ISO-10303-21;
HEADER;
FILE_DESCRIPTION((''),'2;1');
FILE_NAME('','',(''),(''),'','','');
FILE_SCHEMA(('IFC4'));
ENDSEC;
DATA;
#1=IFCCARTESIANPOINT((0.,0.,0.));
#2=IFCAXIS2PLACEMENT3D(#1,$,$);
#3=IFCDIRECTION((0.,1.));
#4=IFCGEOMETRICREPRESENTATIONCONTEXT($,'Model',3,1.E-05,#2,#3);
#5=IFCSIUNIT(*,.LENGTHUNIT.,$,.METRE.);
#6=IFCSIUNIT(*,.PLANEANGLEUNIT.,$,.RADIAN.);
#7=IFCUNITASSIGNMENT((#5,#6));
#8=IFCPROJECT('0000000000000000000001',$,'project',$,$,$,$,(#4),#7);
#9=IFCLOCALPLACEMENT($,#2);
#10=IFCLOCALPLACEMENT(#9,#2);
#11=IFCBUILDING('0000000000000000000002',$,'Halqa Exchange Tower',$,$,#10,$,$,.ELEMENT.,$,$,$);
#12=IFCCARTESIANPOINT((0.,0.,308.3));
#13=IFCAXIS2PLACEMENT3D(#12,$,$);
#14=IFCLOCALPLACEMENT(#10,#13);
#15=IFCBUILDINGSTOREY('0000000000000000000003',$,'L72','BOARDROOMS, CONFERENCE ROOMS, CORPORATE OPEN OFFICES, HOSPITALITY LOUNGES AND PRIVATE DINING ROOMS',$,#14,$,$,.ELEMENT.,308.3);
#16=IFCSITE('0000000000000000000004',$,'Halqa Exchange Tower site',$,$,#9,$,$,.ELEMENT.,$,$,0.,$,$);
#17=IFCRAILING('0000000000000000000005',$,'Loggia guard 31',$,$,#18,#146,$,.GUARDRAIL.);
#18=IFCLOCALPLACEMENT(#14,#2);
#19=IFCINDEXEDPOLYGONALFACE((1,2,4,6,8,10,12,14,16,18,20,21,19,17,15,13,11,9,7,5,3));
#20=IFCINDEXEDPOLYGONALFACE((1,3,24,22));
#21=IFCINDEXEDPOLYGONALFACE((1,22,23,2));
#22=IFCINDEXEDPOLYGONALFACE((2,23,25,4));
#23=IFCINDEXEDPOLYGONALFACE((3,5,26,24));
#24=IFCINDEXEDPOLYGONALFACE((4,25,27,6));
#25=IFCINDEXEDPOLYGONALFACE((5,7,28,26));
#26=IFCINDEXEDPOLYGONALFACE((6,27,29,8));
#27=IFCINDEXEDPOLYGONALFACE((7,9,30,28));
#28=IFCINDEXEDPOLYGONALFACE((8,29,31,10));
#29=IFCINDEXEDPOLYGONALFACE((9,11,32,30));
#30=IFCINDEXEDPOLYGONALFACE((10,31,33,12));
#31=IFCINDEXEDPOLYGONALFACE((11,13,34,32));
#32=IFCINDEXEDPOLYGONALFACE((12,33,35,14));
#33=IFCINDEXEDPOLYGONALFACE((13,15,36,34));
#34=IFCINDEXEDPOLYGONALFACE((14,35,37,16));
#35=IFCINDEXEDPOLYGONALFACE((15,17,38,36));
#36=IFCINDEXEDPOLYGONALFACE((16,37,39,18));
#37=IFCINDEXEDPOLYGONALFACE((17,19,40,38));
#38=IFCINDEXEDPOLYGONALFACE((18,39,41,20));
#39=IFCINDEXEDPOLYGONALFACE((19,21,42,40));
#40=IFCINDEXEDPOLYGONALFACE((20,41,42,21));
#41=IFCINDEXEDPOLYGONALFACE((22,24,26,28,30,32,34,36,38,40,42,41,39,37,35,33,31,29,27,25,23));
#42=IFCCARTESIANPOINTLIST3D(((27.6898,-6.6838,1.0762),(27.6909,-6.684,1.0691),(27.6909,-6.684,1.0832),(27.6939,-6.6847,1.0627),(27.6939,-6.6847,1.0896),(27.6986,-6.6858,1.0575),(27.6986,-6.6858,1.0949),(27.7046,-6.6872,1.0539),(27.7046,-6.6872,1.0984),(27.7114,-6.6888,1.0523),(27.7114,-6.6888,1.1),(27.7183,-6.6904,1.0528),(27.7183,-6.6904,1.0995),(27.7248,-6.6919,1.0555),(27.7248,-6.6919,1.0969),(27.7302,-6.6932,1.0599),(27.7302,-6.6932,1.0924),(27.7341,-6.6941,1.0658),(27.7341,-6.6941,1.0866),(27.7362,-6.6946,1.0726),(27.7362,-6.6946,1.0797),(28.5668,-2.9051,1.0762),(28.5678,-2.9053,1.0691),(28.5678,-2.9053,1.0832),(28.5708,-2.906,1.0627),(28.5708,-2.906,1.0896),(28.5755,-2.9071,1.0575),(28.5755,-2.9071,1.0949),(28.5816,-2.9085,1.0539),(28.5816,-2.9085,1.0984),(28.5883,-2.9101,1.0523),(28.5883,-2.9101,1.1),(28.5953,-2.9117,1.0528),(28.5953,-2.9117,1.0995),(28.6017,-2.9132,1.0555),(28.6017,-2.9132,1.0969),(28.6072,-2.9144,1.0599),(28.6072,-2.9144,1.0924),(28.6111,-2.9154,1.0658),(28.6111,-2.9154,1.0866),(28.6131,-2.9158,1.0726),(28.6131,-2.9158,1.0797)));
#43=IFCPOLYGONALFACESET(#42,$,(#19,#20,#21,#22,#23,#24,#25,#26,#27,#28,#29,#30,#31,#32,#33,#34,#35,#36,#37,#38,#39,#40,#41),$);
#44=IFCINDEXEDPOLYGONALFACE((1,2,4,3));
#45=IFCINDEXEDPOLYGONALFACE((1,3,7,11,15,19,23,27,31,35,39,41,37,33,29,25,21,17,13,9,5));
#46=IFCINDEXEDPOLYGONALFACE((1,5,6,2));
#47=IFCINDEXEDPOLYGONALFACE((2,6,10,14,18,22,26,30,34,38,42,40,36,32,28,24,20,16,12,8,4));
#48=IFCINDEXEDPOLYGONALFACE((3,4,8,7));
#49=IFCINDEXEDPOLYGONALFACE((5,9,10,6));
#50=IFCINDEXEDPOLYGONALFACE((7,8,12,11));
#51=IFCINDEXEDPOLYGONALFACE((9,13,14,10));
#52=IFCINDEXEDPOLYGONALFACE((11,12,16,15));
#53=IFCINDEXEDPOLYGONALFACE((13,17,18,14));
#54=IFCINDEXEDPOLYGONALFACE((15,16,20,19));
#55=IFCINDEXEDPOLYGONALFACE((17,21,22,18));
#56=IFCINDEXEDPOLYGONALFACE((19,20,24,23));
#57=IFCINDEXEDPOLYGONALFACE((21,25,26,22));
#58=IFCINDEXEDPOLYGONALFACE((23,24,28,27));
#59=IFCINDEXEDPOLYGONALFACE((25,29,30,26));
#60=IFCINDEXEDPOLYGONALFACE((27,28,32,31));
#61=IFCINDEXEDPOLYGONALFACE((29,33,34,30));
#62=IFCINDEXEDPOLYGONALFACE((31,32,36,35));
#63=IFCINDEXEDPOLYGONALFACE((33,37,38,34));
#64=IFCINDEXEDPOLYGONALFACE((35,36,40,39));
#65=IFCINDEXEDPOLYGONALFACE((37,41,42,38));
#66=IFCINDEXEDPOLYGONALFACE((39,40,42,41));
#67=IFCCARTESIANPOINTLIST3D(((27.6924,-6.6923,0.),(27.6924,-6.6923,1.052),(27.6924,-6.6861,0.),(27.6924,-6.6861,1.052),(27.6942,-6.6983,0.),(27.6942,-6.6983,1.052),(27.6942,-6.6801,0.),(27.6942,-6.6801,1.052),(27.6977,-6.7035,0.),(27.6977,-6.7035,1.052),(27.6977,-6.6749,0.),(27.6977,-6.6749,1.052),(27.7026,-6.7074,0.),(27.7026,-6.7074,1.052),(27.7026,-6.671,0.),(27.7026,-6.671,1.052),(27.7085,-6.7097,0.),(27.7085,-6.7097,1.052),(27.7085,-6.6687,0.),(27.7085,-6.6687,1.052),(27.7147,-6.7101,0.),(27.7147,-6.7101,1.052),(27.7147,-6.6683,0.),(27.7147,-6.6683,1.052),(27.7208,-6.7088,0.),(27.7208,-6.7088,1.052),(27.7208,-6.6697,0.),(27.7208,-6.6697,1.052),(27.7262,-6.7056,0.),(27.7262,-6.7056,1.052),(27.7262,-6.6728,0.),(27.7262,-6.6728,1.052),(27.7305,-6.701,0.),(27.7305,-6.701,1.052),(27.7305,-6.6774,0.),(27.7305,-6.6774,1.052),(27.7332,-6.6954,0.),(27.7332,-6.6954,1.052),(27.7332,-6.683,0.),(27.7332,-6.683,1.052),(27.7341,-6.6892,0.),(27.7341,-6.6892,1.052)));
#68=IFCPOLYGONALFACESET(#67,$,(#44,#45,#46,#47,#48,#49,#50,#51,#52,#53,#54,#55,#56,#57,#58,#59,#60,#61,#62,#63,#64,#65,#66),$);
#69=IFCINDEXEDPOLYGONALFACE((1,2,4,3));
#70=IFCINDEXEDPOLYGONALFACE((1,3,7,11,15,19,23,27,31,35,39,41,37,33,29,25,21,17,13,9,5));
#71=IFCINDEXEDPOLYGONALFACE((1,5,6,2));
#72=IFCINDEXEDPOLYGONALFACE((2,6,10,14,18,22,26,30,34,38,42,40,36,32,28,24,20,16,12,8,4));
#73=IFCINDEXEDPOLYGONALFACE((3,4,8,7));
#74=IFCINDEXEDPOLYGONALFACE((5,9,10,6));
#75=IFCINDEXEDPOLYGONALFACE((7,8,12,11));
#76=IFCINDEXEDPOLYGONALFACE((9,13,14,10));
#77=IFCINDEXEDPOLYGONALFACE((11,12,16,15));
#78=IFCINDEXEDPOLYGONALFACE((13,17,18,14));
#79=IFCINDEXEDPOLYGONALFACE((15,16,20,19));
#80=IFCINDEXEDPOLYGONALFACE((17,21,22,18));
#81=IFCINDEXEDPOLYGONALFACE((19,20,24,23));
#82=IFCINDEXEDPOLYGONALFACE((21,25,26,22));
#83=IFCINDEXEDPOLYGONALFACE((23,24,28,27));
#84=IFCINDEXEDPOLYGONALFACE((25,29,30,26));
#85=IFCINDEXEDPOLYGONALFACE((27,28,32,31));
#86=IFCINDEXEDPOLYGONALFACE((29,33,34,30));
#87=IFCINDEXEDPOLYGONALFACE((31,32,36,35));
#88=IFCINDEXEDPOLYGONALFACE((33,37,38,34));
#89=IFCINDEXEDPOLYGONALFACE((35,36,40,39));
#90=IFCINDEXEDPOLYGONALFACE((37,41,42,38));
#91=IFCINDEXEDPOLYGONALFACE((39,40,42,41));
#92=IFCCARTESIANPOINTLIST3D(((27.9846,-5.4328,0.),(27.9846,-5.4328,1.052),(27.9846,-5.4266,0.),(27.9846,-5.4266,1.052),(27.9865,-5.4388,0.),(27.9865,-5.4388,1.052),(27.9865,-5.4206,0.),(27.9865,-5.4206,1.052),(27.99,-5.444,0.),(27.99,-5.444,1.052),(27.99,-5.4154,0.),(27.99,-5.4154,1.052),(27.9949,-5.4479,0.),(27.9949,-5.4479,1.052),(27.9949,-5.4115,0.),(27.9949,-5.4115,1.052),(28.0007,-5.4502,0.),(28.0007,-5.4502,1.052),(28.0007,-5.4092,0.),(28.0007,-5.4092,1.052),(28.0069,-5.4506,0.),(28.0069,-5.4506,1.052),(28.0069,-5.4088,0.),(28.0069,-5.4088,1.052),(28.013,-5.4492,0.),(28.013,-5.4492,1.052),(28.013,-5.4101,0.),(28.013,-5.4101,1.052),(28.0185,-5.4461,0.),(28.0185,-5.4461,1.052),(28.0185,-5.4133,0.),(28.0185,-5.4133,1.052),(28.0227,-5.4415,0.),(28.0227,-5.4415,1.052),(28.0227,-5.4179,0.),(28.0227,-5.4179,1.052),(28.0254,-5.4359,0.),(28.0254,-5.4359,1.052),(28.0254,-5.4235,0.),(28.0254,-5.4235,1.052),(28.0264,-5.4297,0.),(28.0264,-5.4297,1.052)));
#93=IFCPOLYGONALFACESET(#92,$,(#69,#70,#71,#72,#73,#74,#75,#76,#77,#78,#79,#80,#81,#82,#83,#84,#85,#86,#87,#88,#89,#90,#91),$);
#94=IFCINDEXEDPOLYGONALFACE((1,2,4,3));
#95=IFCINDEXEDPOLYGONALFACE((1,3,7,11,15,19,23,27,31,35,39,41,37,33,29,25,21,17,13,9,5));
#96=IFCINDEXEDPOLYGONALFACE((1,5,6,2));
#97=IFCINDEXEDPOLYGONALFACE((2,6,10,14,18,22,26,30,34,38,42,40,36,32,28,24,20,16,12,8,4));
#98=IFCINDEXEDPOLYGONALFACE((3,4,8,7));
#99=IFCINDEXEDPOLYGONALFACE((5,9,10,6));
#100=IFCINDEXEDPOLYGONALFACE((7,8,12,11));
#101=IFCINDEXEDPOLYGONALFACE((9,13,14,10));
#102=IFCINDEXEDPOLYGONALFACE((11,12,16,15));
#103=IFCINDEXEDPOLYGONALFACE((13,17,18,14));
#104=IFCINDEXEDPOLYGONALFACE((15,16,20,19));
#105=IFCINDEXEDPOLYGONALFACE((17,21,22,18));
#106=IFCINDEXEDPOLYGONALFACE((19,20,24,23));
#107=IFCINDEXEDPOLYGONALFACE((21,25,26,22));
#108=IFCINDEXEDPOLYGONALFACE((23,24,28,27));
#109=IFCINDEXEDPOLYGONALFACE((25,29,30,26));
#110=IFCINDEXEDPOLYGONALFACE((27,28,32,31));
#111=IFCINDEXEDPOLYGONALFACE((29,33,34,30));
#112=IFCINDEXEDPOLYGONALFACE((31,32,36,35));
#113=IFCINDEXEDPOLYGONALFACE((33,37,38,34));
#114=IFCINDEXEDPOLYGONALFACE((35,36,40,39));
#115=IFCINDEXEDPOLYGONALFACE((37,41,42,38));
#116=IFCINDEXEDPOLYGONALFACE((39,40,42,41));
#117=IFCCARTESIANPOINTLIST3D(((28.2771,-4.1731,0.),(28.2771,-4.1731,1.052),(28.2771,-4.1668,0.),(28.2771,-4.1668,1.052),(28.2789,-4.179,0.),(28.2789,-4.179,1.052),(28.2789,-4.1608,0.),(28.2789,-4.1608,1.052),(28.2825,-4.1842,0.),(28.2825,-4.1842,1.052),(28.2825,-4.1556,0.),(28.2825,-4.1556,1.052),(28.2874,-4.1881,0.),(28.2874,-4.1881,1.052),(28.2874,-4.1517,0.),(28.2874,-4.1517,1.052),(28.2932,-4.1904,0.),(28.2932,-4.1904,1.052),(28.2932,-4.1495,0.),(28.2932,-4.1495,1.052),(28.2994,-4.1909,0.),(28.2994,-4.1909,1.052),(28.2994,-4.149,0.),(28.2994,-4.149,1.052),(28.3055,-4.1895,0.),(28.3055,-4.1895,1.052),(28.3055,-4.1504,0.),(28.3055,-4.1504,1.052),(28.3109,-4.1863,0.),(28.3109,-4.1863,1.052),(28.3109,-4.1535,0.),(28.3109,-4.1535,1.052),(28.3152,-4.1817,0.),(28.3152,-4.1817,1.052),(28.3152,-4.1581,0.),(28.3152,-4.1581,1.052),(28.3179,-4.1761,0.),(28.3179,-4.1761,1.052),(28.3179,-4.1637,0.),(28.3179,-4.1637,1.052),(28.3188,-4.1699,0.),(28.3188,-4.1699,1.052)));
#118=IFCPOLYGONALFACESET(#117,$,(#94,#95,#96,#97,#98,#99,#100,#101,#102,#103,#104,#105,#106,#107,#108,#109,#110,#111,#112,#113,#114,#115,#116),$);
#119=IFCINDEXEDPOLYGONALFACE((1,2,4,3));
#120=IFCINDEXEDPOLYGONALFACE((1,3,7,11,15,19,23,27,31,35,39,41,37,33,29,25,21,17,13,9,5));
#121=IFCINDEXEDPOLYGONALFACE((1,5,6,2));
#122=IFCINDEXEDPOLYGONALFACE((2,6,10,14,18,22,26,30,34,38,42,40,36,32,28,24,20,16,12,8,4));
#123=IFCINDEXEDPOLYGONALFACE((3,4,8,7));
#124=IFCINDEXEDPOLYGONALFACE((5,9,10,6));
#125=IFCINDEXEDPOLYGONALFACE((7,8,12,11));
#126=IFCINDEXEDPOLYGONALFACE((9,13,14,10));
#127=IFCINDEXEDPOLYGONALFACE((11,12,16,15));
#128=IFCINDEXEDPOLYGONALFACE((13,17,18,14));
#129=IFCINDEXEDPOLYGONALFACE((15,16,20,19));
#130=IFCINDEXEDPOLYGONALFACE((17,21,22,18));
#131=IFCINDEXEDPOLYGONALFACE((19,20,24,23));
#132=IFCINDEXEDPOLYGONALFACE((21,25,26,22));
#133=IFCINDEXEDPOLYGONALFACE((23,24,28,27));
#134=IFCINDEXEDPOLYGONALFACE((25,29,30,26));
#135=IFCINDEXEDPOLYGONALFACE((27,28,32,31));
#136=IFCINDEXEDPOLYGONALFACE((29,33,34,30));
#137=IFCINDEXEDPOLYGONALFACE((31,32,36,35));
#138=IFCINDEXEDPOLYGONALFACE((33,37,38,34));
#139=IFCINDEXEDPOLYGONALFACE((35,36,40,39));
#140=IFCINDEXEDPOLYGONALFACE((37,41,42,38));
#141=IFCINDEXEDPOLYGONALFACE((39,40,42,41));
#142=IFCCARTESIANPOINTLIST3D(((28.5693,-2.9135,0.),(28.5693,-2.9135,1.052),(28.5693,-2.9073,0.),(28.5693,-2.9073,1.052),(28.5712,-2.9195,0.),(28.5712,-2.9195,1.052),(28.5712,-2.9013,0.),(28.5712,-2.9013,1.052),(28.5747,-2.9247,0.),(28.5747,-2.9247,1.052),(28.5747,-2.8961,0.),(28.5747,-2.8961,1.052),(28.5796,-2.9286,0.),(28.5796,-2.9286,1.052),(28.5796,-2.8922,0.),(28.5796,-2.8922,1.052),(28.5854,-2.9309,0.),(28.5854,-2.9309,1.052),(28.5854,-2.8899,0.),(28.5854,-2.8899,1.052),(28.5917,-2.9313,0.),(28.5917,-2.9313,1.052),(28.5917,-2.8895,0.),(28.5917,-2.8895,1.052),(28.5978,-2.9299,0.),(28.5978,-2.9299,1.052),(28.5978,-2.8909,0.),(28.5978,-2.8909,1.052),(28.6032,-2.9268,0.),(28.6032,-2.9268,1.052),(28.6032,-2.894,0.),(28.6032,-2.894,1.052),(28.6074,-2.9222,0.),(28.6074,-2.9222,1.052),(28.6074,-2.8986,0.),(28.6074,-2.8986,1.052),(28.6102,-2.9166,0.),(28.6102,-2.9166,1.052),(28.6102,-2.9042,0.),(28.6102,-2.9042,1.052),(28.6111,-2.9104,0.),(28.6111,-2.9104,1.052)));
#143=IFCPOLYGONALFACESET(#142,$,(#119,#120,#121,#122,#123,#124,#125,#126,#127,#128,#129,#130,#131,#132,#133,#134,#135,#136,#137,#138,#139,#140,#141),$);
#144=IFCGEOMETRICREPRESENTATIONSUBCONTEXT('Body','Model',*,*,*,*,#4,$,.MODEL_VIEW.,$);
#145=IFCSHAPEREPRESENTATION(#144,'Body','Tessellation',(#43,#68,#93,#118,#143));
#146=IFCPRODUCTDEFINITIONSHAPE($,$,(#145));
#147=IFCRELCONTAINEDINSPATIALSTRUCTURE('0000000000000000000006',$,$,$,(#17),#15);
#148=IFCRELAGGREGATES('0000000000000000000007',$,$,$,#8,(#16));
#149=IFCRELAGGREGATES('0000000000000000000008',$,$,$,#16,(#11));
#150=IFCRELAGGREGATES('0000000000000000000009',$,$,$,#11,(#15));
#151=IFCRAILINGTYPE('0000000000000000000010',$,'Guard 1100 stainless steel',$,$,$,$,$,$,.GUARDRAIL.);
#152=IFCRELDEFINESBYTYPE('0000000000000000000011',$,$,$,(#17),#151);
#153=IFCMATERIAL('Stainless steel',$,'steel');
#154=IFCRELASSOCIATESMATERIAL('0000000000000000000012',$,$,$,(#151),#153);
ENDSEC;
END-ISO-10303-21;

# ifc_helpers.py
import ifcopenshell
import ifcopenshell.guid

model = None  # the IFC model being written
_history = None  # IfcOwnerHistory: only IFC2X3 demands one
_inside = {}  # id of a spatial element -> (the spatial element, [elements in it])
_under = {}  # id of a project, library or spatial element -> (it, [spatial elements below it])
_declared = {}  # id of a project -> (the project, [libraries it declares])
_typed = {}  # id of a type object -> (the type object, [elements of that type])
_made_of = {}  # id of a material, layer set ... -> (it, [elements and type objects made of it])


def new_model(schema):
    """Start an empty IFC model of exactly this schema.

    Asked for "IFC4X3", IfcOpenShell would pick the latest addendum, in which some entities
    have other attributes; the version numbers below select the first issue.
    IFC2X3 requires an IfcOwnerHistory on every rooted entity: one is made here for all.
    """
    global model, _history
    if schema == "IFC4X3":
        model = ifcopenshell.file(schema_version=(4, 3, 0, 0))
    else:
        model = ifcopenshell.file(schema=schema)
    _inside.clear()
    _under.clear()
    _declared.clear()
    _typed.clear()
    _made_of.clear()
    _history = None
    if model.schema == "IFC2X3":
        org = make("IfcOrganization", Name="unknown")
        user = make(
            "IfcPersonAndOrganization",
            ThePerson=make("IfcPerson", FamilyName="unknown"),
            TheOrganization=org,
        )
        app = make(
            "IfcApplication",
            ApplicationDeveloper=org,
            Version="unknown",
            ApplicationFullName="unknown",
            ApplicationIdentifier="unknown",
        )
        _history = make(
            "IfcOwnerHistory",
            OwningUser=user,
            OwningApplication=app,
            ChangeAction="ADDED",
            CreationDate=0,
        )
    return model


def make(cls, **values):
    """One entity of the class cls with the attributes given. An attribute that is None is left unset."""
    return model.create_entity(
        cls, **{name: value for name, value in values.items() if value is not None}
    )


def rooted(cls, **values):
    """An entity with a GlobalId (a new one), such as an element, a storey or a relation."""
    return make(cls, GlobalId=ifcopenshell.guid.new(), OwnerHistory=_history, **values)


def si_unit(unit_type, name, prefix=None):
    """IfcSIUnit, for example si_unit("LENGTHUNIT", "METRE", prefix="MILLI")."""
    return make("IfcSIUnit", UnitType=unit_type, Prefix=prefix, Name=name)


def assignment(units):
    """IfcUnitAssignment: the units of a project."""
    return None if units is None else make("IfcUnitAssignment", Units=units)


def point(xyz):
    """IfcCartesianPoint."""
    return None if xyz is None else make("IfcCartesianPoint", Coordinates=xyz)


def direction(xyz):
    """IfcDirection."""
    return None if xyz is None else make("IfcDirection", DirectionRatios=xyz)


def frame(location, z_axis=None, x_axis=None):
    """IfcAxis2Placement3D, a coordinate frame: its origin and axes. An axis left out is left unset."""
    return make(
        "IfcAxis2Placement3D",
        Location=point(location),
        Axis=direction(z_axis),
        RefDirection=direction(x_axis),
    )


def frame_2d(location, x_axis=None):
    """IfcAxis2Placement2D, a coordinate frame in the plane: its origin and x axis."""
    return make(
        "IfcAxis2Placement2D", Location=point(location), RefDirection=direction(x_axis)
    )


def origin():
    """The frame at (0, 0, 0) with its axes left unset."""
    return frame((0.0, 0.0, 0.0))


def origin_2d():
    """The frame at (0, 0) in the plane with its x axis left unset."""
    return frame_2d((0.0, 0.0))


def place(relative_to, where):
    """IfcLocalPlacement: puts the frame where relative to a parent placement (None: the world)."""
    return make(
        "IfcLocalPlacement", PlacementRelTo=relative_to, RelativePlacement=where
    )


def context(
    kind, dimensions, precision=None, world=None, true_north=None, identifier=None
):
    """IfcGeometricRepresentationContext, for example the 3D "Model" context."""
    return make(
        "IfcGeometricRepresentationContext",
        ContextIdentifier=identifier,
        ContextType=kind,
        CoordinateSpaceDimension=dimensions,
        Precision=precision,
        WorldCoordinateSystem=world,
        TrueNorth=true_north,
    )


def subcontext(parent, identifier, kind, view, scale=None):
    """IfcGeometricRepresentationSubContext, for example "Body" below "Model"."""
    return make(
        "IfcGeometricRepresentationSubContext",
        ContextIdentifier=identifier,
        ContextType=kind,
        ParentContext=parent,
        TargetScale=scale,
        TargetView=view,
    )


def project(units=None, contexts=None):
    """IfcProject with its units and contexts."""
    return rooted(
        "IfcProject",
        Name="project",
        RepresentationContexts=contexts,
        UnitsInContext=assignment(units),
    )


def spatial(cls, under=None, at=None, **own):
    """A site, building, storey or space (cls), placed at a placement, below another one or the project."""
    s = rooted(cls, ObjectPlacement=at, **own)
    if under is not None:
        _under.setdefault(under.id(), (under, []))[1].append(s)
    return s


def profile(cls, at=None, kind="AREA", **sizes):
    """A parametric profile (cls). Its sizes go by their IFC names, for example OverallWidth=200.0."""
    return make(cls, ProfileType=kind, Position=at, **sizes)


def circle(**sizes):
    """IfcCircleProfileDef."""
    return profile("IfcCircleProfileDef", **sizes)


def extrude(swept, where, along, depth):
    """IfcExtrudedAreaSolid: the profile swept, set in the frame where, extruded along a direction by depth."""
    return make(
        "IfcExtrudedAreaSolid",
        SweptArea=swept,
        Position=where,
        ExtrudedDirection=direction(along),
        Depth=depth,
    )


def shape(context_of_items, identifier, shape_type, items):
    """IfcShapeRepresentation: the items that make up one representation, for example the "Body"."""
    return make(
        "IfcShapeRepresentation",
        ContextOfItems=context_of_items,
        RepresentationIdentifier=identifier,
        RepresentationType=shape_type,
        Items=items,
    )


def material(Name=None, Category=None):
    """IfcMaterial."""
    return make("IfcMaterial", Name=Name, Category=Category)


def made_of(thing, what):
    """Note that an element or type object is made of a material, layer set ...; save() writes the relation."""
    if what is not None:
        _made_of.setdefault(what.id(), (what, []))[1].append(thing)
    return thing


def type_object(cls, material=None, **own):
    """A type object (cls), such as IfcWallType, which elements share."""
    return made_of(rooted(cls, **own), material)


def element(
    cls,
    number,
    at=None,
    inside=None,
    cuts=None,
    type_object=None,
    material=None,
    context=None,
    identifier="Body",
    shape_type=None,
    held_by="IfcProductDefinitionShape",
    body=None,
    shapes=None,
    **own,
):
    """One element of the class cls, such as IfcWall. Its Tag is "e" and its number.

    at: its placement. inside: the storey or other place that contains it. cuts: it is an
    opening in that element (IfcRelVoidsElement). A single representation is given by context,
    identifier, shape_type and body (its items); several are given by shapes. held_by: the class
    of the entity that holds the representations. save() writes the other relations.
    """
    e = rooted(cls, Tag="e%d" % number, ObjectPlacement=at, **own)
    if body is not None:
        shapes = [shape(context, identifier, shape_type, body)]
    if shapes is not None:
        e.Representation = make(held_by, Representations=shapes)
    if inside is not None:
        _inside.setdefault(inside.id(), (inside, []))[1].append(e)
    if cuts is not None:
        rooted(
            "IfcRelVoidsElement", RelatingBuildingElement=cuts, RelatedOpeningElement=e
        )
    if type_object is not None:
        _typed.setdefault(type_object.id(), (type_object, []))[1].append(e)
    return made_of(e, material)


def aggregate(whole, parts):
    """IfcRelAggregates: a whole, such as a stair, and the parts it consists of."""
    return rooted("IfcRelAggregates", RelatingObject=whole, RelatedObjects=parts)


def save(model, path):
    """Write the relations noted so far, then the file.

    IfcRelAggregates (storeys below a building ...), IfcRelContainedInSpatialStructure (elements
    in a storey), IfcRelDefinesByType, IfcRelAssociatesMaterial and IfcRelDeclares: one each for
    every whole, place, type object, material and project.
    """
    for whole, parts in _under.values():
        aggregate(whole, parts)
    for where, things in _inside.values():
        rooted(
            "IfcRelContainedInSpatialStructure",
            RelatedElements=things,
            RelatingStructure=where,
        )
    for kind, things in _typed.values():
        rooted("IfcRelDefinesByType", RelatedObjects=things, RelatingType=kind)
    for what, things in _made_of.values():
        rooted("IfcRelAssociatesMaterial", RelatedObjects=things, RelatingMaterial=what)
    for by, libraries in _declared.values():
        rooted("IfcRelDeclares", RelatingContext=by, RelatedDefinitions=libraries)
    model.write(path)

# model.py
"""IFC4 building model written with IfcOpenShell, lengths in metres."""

from ifc_helpers import new_model, si_unit, direction, frame, origin, origin_2d, place, context, subcontext, project, spatial, circle, extrude, material, type_object, element, save


model = new_model("IFC4")

# Units and contexts
model_context = context("Model", 3, precision=1e-05, world=origin(), true_north=direction((0.0, 1.0)))
body_context = subcontext(model_context, "Body", "Model", "MODEL_VIEW")
ifc_project = project(units=[si_unit("LENGTHUNIT", "METRE"), si_unit("PLANEANGLEUNIT", "RADIAN")], contexts=[model_context])

# Site, building, storey
site_placement = place(None, origin())
site = spatial("IfcSite", under=ifc_project, at=site_placement, Name="Halqa Exchange Tower site", CompositionType="ELEMENT", RefElevation=0.0)
building_placement = place(site_placement, origin())
building = spatial("IfcBuilding", under=site, at=building_placement, Name="Halqa Exchange Tower", CompositionType="ELEMENT")
storey_placement = place(building_placement, frame((0.0, 0.0, 308.3)))
storey = spatial("IfcBuildingStorey", under=building, at=storey_placement, Name="L72", Description="BOARDROOMS, CONFERENCE ROOMS, CORPORATE OPEN OFFICES, HOSPITALITY LOUNGES AND PRIVATE DINING ROOMS", CompositionType="ELEMENT", Elevation=308.3)

# Railing
ifc_material_1 = material(Name="Stainless steel", Category="steel")
railing_type = type_object("IfcRailingType", Name="Guard 1100 stainless steel", PredefinedType="GUARDRAIL", material=ifc_material_1)
railing_1_placement = place(storey_placement, frame((27.7131, -6.6892, 0.0)))
element("IfcRailing", 1, at=railing_1_placement, inside=storey, type_object=railing_type, Name="Loggia guard 31", PredefinedType="GUARDRAIL", context=body_context, shape_type="SweptSolid", body=[
    extrude(circle(Radius=0.0239, at=origin_2d()), frame((0.0, 0.0, 1.0762), z_axis=(0.226064, 0.974113, 0.0), x_axis=(-0.974113, 0.226064, 0.0)), (0.0, 0.0, 1.0), 3.8792),
    extrude(circle(Radius=0.021, at=origin_2d()), origin(), (0.0, 0.0, 1.0), 1.052),
    extrude(circle(Radius=0.021, at=origin_2d()), frame((0.2922, 1.2595, 0.0)), (0.0, 0.0, 1.0), 1.052),
    extrude(circle(Radius=0.021, at=origin_2d()), frame((0.5847, 2.5193, 0.0)), (0.0, 0.0, 1.0), 1.052),
    extrude(circle(Radius=0.021, at=origin_2d()), frame((0.877, 3.7788, 0.0)), (0.0, 0.0, 1.0), 1.052),
])

save(model, "model.ifc")
